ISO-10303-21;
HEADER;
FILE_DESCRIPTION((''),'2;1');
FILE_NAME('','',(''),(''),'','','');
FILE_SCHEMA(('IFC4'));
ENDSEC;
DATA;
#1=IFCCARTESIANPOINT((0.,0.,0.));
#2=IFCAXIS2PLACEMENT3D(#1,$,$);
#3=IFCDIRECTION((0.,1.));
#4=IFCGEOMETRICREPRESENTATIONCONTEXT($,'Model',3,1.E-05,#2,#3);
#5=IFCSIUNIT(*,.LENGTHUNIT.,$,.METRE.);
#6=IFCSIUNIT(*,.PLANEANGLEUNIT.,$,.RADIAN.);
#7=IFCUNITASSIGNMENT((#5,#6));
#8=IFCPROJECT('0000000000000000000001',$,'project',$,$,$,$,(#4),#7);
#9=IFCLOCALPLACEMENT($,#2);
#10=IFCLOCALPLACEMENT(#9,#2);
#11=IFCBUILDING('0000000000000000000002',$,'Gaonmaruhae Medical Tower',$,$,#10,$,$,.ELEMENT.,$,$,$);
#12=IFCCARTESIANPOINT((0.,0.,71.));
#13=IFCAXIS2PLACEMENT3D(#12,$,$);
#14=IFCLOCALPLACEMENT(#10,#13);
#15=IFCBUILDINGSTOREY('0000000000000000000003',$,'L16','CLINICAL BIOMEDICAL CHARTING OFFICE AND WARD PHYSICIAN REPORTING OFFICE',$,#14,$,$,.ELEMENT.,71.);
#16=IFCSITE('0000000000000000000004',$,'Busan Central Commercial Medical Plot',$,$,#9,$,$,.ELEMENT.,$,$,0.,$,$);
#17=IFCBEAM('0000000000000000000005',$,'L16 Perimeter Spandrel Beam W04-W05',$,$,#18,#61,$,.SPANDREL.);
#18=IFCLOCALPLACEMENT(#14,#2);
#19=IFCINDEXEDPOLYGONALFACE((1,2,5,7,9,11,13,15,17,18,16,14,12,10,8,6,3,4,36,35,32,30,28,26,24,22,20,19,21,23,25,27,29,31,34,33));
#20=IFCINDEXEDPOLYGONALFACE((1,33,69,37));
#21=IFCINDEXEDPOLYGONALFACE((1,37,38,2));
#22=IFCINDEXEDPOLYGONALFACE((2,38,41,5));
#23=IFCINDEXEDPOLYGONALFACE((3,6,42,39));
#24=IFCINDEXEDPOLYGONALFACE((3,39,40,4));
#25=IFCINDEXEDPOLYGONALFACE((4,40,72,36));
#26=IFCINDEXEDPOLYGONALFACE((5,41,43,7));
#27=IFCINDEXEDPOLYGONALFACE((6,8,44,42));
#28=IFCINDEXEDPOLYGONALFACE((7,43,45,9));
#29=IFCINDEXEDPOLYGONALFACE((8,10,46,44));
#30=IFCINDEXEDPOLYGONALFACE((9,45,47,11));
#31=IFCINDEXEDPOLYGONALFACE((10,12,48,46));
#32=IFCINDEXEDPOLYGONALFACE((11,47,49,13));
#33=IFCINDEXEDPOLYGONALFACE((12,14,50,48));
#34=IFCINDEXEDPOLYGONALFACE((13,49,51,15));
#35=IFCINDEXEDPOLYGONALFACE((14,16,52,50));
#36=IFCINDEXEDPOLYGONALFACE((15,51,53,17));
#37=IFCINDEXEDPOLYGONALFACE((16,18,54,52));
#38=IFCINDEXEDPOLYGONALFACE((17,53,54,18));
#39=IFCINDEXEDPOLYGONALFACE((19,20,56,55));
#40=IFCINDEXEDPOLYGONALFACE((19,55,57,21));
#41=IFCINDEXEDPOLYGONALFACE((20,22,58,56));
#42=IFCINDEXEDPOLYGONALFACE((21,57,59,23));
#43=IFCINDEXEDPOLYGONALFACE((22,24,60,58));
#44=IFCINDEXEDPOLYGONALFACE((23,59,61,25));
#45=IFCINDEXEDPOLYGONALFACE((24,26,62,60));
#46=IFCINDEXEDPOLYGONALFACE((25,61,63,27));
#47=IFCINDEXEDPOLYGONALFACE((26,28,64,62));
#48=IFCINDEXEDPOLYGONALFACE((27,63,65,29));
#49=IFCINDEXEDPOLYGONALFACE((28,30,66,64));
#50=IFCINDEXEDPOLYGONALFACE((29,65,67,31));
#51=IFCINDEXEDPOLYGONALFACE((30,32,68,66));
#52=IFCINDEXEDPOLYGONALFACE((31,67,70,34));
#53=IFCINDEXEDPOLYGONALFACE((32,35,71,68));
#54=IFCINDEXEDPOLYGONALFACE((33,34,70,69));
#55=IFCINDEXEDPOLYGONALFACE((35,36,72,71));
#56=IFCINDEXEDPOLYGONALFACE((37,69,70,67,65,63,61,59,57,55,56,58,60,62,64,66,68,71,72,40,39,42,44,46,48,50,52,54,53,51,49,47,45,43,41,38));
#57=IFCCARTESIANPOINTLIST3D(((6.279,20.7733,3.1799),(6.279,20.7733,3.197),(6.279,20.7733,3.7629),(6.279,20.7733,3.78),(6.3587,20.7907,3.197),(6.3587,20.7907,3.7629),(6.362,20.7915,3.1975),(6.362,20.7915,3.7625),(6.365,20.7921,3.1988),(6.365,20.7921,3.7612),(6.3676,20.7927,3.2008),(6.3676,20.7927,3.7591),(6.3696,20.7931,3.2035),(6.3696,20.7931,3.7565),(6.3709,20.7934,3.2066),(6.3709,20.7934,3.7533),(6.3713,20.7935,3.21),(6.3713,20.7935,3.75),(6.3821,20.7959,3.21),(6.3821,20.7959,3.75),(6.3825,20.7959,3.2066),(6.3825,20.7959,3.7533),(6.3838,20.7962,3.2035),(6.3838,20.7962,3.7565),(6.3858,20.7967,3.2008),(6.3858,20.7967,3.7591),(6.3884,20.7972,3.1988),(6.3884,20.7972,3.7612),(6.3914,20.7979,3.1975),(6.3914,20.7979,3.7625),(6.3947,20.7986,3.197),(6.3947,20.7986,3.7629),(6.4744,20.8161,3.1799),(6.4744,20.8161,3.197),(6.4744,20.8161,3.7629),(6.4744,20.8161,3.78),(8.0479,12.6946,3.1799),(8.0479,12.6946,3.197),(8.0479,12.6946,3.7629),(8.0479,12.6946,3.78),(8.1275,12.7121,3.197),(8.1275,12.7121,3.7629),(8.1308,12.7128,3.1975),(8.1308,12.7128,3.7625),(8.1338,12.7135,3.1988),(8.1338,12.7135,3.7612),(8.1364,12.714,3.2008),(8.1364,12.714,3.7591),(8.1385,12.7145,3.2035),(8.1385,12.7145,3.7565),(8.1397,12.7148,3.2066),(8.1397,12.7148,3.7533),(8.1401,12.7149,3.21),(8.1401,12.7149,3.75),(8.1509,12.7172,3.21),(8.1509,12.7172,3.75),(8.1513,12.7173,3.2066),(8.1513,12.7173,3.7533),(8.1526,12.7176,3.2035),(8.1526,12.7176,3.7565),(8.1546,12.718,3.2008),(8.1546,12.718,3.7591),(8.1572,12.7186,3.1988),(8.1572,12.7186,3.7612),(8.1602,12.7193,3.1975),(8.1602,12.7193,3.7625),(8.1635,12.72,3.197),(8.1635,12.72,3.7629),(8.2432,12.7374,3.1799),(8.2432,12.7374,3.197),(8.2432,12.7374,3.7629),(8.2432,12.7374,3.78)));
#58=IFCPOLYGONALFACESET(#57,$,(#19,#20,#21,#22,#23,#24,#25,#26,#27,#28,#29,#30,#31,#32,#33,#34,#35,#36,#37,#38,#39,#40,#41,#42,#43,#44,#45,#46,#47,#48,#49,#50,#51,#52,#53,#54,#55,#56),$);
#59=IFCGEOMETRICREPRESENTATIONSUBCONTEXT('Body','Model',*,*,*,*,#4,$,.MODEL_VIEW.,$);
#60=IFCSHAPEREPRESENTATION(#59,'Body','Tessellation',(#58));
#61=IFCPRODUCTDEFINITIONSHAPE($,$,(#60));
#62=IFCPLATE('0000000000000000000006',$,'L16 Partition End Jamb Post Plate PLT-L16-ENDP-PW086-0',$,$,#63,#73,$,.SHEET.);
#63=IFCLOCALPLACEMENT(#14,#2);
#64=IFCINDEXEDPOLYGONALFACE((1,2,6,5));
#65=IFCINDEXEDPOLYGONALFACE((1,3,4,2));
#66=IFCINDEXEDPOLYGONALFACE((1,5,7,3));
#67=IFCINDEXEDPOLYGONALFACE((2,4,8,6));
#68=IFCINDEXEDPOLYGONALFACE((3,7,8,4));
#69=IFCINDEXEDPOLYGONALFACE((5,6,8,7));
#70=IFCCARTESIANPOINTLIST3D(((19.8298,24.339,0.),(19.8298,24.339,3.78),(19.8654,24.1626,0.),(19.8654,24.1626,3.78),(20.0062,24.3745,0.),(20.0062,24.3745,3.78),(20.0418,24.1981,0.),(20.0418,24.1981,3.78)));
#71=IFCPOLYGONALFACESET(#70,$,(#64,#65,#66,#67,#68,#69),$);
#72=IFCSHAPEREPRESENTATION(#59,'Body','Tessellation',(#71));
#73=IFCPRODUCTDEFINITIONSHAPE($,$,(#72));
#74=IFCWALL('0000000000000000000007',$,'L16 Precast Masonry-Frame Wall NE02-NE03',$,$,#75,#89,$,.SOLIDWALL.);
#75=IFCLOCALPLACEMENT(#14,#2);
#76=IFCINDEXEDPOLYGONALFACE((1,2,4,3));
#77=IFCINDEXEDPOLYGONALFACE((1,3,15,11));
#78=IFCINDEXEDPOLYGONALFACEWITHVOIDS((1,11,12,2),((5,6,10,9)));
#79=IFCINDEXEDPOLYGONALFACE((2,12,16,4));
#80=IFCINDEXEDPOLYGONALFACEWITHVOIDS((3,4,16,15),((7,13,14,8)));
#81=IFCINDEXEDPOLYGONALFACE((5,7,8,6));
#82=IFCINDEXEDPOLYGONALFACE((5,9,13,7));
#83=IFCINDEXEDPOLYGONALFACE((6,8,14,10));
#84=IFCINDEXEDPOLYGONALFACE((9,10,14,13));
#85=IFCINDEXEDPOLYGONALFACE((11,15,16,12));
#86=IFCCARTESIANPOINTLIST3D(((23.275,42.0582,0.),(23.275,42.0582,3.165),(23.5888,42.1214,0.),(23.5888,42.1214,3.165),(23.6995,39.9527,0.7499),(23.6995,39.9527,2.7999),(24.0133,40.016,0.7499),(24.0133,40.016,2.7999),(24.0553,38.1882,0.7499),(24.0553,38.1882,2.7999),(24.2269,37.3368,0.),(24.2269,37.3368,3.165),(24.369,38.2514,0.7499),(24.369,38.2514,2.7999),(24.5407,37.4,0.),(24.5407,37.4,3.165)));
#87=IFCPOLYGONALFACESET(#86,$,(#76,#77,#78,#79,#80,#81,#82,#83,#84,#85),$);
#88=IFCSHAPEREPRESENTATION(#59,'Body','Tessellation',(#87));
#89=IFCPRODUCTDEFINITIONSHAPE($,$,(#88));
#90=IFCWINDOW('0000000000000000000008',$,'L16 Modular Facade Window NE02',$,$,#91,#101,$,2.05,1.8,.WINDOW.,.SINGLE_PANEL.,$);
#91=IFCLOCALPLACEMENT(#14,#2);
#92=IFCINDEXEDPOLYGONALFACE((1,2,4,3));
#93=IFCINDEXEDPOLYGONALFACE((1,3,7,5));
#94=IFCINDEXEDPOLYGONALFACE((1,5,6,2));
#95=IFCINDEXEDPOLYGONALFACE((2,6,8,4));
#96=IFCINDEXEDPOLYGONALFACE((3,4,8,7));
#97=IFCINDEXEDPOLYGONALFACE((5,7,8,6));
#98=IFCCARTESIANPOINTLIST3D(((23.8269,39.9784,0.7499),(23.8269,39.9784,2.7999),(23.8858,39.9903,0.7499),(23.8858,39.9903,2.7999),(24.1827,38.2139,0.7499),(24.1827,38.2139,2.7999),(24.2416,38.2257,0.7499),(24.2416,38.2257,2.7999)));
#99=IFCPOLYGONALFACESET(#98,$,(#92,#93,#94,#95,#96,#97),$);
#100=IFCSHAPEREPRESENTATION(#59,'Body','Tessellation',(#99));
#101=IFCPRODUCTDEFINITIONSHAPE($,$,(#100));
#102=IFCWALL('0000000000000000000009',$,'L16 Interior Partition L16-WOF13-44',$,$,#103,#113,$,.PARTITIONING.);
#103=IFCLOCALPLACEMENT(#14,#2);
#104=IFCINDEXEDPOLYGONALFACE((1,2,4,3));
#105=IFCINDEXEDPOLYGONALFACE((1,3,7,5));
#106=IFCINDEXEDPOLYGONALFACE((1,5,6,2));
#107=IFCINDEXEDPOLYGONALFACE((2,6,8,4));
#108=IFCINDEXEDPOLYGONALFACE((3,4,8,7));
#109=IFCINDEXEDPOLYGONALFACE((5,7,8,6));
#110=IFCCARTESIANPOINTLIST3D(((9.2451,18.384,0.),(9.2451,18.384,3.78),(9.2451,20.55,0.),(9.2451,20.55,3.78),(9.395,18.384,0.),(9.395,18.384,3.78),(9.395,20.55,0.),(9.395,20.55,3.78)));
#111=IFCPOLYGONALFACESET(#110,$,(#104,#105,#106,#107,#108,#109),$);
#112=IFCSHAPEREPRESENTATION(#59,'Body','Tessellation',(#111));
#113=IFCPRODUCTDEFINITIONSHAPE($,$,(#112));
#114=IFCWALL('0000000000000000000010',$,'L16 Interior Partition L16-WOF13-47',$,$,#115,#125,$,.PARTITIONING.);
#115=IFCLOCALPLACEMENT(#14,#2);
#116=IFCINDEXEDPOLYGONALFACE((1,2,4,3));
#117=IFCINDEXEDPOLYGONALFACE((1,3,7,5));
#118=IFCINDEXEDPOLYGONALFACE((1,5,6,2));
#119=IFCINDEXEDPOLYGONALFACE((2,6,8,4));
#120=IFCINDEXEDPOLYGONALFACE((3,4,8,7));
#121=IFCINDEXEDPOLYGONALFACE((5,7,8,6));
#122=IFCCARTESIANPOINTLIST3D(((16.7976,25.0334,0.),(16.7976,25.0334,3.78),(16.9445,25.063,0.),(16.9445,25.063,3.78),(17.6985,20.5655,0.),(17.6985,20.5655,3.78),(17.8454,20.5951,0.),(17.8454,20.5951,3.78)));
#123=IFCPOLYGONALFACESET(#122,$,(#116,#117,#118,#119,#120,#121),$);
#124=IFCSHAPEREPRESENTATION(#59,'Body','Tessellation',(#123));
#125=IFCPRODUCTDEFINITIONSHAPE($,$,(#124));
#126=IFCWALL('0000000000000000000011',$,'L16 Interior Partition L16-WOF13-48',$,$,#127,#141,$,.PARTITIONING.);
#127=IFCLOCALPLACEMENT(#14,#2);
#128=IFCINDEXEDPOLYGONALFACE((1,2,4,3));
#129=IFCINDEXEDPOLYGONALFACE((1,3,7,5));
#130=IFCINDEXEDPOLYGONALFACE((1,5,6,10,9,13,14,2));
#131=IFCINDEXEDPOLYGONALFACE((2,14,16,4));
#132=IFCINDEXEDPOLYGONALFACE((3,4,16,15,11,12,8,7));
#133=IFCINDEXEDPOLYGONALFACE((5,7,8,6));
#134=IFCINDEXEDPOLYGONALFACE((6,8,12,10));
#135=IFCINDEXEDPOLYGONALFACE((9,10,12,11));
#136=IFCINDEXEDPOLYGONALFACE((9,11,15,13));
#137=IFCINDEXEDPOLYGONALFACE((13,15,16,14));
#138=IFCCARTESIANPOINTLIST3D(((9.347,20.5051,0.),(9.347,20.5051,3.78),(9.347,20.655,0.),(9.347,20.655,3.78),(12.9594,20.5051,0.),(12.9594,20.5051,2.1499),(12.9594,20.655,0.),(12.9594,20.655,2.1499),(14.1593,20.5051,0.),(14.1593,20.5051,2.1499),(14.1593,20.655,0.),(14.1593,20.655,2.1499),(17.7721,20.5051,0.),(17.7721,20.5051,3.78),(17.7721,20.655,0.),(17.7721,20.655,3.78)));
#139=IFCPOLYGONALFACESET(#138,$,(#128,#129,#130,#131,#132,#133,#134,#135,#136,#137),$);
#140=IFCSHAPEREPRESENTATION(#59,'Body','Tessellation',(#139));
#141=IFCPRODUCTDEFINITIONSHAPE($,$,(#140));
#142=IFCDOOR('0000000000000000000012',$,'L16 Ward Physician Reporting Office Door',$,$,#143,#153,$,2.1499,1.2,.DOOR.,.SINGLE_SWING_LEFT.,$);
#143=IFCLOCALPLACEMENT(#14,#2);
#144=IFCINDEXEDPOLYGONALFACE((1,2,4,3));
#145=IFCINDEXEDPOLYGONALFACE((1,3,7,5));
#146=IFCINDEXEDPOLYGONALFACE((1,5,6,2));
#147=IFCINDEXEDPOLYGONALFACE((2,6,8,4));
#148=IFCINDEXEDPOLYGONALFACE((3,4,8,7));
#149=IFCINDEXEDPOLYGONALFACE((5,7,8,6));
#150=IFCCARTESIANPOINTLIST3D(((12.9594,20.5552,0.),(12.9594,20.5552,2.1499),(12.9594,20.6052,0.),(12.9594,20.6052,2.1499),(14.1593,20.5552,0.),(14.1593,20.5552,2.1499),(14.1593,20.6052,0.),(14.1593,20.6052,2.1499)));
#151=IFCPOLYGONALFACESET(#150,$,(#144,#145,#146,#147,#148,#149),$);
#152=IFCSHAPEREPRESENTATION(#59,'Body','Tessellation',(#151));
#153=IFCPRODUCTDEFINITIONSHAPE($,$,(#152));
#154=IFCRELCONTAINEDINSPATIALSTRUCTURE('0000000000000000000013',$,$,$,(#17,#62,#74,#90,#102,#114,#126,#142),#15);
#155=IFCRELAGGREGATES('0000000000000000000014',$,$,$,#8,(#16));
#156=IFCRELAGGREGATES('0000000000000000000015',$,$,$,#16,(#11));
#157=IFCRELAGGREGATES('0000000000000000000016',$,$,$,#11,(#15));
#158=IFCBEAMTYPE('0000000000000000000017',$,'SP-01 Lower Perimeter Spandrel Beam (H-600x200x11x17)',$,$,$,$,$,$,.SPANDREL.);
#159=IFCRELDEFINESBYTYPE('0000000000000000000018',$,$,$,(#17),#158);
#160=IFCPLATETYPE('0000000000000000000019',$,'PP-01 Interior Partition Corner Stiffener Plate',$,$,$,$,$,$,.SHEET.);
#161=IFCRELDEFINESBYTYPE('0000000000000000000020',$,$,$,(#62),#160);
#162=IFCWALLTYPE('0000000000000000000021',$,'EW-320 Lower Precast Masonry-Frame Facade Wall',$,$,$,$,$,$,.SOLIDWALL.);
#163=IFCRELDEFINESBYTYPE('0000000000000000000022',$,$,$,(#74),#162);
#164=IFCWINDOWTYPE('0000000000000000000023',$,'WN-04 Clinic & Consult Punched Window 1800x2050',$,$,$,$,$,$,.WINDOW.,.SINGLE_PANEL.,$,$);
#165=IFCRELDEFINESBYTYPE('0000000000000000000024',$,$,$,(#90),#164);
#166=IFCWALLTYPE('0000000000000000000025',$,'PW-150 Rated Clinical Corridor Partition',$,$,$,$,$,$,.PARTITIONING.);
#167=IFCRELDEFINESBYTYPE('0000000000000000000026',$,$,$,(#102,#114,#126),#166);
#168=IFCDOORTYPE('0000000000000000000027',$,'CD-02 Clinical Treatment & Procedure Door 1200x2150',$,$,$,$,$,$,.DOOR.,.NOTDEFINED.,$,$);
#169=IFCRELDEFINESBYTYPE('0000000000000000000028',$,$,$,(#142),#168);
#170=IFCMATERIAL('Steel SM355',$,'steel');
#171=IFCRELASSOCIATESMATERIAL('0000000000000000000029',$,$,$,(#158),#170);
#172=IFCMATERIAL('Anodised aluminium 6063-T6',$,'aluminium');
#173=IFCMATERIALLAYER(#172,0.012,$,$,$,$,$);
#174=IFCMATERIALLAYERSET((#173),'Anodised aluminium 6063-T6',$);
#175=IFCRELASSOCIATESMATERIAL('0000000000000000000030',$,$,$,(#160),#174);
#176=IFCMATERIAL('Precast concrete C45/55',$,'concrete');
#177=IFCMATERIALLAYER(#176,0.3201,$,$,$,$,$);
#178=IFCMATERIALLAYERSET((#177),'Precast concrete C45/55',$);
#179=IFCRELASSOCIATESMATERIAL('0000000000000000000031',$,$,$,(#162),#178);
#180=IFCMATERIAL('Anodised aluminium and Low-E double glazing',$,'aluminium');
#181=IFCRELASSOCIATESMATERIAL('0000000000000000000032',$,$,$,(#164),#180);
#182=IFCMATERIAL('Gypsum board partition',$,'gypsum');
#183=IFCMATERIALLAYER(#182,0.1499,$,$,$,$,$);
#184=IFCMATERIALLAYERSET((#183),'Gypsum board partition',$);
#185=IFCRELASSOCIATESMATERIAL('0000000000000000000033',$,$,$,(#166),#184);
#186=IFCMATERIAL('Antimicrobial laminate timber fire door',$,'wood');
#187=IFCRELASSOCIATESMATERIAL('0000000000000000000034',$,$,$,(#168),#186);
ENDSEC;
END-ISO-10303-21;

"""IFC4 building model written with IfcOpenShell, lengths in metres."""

from ifc_helpers import new_model, si_unit, direction, frame, frame_2d, origin, origin_2d, place, context, subcontext, project, spatial, rectangle, i_section, extrude, material, layer, layer_set, material_profile, profile_set, type_object, element, fill, save


model = new_model("IFC4")

# Units and contexts
model_context = context("Model", 3, precision=1e-05, world=origin(), true_north=direction((0.0, 1.0)))
body_context = subcontext(model_context, "Body", "Model", "MODEL_VIEW")
ifc_project = project(units=[si_unit("LENGTHUNIT", "METRE"), si_unit("PLANEANGLEUNIT", "RADIAN")], contexts=[model_context])

# Site, building, storey
site_placement = place(None, origin())
site = spatial("IfcSite", under=ifc_project, at=site_placement, Name="Busan Central Commercial Medical Plot", CompositionType="ELEMENT", RefElevation=0.0)
building_placement = place(site_placement, origin())
building = spatial("IfcBuilding", under=site, at=building_placement, Name="Gaonmaruhae Medical Tower", CompositionType="ELEMENT")
storey_placement = place(building_placement, frame((0.0, 0.0, 71.0)))
storey = spatial("IfcBuildingStorey", under=building, at=storey_placement, Name="L16", Description="CLINICAL BIOMEDICAL CHARTING OFFICE AND WARD PHYSICIAN REPORTING OFFICE", CompositionType="ELEMENT", Elevation=71.0)

# Beam
ifc_material_1 = material(Name="Steel SM355", Category="steel")
ifc_material_profile_1 = material_profile(ifc_material_1, i_section(OverallWidth=0.2, OverallDepth=0.6001, WebThickness=0.011, FlangeThickness=0.0171, FilletRadius=0.0129, at=origin_2d()), Name="H-600x200x11x17")
ifc_profile_set_1 = profile_set([ifc_material_profile_1], Name="Steel SM355")
beam_type_1 = type_object("IfcBeamType", Name="SP-01 Lower Perimeter Spandrel Beam (H-600x200x11x17)", PredefinedType="SPANDREL", material=ifc_profile_set_1)
beam_1_placement = place(storey_placement, frame((6.3767, 20.7947, 3.48), z_axis=(0.213882, -0.97686, 0.0), x_axis=(0.97686, 0.213882, 0.0)))
element("IfcBeam", 1, at=beam_1_placement, inside=storey, type_object=beam_type_1, Name="L16 Perimeter Spandrel Beam W04-W05", PredefinedType="SPANDREL", context=body_context, shape_type="SweptSolid", body=[
    extrude(i_section(OverallWidth=0.2, OverallDepth=0.6001, WebThickness=0.011, FlangeThickness=0.0171, FilletRadius=0.0129, at=origin_2d()), origin(), (0.0, 0.0, 1.0), 8.27),
])

# Plate
ifc_material_2 = material(Name="Anodised aluminium 6063-T6", Category="aluminium")
ifc_layer_1 = layer(ifc_material_2, 0.012)
ifc_layer_set_1 = layer_set([ifc_layer_1], Name="Anodised aluminium 6063-T6")
plate_type = type_object("IfcPlateType", Name="PP-01 Interior Partition Corner Stiffener Plate", PredefinedType="SHEET", material=ifc_layer_set_1)
plate_placement = place(storey_placement, frame((19.9358, 24.2686, 0.0), z_axis=(0.0, 0.0, 1.0), x_axis=(-0.197657, 0.980271, 0.0)))
element("IfcPlate", 2, at=plate_placement, inside=storey, type_object=plate_type, Name="L16 Partition End Jamb Post Plate PLT-L16-ENDP-PW086-0", PredefinedType="SHEET", context=body_context, shape_type="SweptSolid", body=[
    extrude(rectangle(XDim=0.1799, YDim=0.1799, at=origin_2d()), origin(), (0.0, 0.0, 1.0), 3.78),
])

# Wall, opening, window
ifc_material_3 = material(Name="Precast concrete C45/55", Category="concrete")
ifc_layer_2 = layer(ifc_material_3, 0.3201)
ifc_layer_set_2 = layer_set([ifc_layer_2], Name="Precast concrete C45/55")
wall_type_1 = type_object("IfcWallType", Name="EW-320 Lower Precast Masonry-Frame Facade Wall", PredefinedType="SOLIDWALL", material=ifc_layer_set_2)
wall_1_placement = place(storey_placement, frame((24.3838, 37.3684, 0.0), z_axis=(0.0, 0.0, 1.0), x_axis=(-0.197637, 0.980275, 0.0)))
wall_1 = element("IfcWall", 3, at=wall_1_placement, inside=storey, type_object=wall_type_1, Name="L16 Precast Masonry-Frame Wall NE02-NE03", PredefinedType="SOLIDWALL", context=body_context, shape_type="SweptSolid", body=[
    extrude(rectangle(XDim=4.8164, YDim=0.3201, at=frame_2d((2.4082, 0.0))), origin(), (0.0, 0.0, 1.0), 3.165),
])
opening_1_placement = place(wall_1_placement, frame((0.8687, 0.0, 0.75)))
opening_1 = element("IfcOpeningElement", 4, at=opening_1_placement, cuts=wall_1, PredefinedType="OPENING", context=body_context, shape_type="SweptSolid", body=[
    extrude(rectangle(XDim=1.8, YDim=2.05, at=frame_2d((0.8999, 1.0249))), frame((0.0, 0.1699, 0.0), z_axis=(0.0, -1.0, 0.0), x_axis=(1.0, 0.0, 0.0)), (0.0, 0.0, 1.0), 0.3401),
])
ifc_material_4 = material(Name="Anodised aluminium and Low-E double glazing", Category="aluminium")
window_type = type_object("IfcWindowType", Name="WN-04 Clinic & Consult Punched Window 1800x2050", PartitioningType="SINGLE_PANEL", PredefinedType="WINDOW", material=ifc_material_4)
window_placement = place(opening_1_placement, origin())
window = element("IfcWindow", 5, at=window_placement, inside=storey, type_object=window_type, Name="L16 Modular Facade Window NE02", OverallHeight=2.05, OverallWidth=1.8, PartitioningType="SINGLE_PANEL", PredefinedType="WINDOW", context=body_context, shape_type="SweptSolid", body=[
    extrude(rectangle(XDim=1.8, YDim=2.05, at=frame_2d((0.8999, 1.0249))), frame((0.0, 0.03, 0.0), z_axis=(0.0, -1.0, 0.0), x_axis=(1.0, 0.0, 0.0)), (0.0, 0.0, 1.0), 0.0601),
])
fill(opening_1, window)

# Shared definitions
ifc_material_5 = material(Name="Gypsum board partition", Category="gypsum")
ifc_layer_3 = layer(ifc_material_5, 0.1499)
ifc_layer_set_3 = layer_set([ifc_layer_3], Name="Gypsum board partition")
wall_type_2 = type_object("IfcWallType", Name="PW-150 Rated Clinical Corridor Partition", PredefinedType="PARTITIONING", material=ifc_layer_set_3)
ifc_material_6 = material(Name="Antimicrobial laminate timber fire door", Category="wood")

# Walls
wall_2_placement = place(storey_placement, frame((9.3201, 20.55, 0.0), z_axis=(0.0, 0.0, 1.0), x_axis=(0.0, -1.0, 0.0)))
element("IfcWall", 6, at=wall_2_placement, inside=storey, type_object=wall_type_2, Name="L16 Interior Partition L16-WOF13-44", PredefinedType="PARTITIONING", context=body_context, shape_type="SweptSolid", body=[
    extrude(rectangle(XDim=2.166, YDim=0.1499, at=frame_2d((1.083, 0.0))), origin(), (0.0, 0.0, 1.0), 3.78),
])
wall_3_placement = place(storey_placement, frame((16.8711, 25.0481, 0.0), z_axis=(0.0, 0.0, 1.0), x_axis=(0.197651, -0.980273, 0.0)))
element("IfcWall", 7, at=wall_3_placement, inside=storey, type_object=wall_type_2, Name="L16 Interior Partition L16-WOF13-47", PredefinedType="PARTITIONING", context=body_context, shape_type="SweptSolid", body=[
    extrude(rectangle(XDim=4.5579, YDim=0.1499, at=frame_2d((2.2788, 0.0))), origin(), (0.0, 0.0, 1.0), 3.78),
])

# Wall, opening, door
wall_4_placement = place(storey_placement, frame((17.772, 20.5801, 0.0), z_axis=(0.0, 0.0, 1.0), x_axis=(-1.0, 0.0, 0.0)))
wall_4 = element("IfcWall", 8, at=wall_4_placement, inside=storey, type_object=wall_type_2, Name="L16 Interior Partition L16-WOF13-48", PredefinedType="PARTITIONING", context=body_context, shape_type="SweptSolid", body=[
    extrude(rectangle(XDim=8.425, YDim=0.1499, at=frame_2d((4.2124, 0.0))), origin(), (0.0, 0.0, 1.0), 3.78),
])
opening_2_placement = place(wall_4_placement, frame((3.6125, 0.0, 0.0)))
opening_2 = element("IfcOpeningElement", 9, at=opening_2_placement, cuts=wall_4, PredefinedType="OPENING", context=body_context, shape_type="SweptSolid", body=[
    extrude(rectangle(XDim=1.2, YDim=2.1499, at=frame_2d((0.6001, 1.075))), frame((0.0, 0.085, 0.0), z_axis=(0.0, -1.0, 0.0), x_axis=(1.0, 0.0, 0.0)), (0.0, 0.0, 1.0), 0.1699),
])
door_type_1 = type_object("IfcDoorType", Name="CD-02 Clinical Treatment & Procedure Door 1200x2150", OperationType="NOTDEFINED", PredefinedType="DOOR", material=ifc_material_6)
door_1_placement = place(opening_2_placement, origin())
door_1 = element("IfcDoor", 10, at=door_1_placement, inside=storey, type_object=door_type_1, Name="L16 Ward Physician Reporting Office Door", OperationType="SINGLE_SWING_LEFT", OverallHeight=2.1499, OverallWidth=1.2, PredefinedType="DOOR", context=body_context, shape_type="SweptSolid", body=[
    extrude(rectangle(XDim=1.2, YDim=2.1499, at=frame_2d((0.6001, 1.075))), frame((0.0, 0.0249, 0.0), z_axis=(0.0, -1.0, 0.0), x_axis=(1.0, 0.0, 0.0)), (0.0, 0.0, 1.0), 0.05),
])
fill(opening_2, door_1)

save(model, "model.ifc")
